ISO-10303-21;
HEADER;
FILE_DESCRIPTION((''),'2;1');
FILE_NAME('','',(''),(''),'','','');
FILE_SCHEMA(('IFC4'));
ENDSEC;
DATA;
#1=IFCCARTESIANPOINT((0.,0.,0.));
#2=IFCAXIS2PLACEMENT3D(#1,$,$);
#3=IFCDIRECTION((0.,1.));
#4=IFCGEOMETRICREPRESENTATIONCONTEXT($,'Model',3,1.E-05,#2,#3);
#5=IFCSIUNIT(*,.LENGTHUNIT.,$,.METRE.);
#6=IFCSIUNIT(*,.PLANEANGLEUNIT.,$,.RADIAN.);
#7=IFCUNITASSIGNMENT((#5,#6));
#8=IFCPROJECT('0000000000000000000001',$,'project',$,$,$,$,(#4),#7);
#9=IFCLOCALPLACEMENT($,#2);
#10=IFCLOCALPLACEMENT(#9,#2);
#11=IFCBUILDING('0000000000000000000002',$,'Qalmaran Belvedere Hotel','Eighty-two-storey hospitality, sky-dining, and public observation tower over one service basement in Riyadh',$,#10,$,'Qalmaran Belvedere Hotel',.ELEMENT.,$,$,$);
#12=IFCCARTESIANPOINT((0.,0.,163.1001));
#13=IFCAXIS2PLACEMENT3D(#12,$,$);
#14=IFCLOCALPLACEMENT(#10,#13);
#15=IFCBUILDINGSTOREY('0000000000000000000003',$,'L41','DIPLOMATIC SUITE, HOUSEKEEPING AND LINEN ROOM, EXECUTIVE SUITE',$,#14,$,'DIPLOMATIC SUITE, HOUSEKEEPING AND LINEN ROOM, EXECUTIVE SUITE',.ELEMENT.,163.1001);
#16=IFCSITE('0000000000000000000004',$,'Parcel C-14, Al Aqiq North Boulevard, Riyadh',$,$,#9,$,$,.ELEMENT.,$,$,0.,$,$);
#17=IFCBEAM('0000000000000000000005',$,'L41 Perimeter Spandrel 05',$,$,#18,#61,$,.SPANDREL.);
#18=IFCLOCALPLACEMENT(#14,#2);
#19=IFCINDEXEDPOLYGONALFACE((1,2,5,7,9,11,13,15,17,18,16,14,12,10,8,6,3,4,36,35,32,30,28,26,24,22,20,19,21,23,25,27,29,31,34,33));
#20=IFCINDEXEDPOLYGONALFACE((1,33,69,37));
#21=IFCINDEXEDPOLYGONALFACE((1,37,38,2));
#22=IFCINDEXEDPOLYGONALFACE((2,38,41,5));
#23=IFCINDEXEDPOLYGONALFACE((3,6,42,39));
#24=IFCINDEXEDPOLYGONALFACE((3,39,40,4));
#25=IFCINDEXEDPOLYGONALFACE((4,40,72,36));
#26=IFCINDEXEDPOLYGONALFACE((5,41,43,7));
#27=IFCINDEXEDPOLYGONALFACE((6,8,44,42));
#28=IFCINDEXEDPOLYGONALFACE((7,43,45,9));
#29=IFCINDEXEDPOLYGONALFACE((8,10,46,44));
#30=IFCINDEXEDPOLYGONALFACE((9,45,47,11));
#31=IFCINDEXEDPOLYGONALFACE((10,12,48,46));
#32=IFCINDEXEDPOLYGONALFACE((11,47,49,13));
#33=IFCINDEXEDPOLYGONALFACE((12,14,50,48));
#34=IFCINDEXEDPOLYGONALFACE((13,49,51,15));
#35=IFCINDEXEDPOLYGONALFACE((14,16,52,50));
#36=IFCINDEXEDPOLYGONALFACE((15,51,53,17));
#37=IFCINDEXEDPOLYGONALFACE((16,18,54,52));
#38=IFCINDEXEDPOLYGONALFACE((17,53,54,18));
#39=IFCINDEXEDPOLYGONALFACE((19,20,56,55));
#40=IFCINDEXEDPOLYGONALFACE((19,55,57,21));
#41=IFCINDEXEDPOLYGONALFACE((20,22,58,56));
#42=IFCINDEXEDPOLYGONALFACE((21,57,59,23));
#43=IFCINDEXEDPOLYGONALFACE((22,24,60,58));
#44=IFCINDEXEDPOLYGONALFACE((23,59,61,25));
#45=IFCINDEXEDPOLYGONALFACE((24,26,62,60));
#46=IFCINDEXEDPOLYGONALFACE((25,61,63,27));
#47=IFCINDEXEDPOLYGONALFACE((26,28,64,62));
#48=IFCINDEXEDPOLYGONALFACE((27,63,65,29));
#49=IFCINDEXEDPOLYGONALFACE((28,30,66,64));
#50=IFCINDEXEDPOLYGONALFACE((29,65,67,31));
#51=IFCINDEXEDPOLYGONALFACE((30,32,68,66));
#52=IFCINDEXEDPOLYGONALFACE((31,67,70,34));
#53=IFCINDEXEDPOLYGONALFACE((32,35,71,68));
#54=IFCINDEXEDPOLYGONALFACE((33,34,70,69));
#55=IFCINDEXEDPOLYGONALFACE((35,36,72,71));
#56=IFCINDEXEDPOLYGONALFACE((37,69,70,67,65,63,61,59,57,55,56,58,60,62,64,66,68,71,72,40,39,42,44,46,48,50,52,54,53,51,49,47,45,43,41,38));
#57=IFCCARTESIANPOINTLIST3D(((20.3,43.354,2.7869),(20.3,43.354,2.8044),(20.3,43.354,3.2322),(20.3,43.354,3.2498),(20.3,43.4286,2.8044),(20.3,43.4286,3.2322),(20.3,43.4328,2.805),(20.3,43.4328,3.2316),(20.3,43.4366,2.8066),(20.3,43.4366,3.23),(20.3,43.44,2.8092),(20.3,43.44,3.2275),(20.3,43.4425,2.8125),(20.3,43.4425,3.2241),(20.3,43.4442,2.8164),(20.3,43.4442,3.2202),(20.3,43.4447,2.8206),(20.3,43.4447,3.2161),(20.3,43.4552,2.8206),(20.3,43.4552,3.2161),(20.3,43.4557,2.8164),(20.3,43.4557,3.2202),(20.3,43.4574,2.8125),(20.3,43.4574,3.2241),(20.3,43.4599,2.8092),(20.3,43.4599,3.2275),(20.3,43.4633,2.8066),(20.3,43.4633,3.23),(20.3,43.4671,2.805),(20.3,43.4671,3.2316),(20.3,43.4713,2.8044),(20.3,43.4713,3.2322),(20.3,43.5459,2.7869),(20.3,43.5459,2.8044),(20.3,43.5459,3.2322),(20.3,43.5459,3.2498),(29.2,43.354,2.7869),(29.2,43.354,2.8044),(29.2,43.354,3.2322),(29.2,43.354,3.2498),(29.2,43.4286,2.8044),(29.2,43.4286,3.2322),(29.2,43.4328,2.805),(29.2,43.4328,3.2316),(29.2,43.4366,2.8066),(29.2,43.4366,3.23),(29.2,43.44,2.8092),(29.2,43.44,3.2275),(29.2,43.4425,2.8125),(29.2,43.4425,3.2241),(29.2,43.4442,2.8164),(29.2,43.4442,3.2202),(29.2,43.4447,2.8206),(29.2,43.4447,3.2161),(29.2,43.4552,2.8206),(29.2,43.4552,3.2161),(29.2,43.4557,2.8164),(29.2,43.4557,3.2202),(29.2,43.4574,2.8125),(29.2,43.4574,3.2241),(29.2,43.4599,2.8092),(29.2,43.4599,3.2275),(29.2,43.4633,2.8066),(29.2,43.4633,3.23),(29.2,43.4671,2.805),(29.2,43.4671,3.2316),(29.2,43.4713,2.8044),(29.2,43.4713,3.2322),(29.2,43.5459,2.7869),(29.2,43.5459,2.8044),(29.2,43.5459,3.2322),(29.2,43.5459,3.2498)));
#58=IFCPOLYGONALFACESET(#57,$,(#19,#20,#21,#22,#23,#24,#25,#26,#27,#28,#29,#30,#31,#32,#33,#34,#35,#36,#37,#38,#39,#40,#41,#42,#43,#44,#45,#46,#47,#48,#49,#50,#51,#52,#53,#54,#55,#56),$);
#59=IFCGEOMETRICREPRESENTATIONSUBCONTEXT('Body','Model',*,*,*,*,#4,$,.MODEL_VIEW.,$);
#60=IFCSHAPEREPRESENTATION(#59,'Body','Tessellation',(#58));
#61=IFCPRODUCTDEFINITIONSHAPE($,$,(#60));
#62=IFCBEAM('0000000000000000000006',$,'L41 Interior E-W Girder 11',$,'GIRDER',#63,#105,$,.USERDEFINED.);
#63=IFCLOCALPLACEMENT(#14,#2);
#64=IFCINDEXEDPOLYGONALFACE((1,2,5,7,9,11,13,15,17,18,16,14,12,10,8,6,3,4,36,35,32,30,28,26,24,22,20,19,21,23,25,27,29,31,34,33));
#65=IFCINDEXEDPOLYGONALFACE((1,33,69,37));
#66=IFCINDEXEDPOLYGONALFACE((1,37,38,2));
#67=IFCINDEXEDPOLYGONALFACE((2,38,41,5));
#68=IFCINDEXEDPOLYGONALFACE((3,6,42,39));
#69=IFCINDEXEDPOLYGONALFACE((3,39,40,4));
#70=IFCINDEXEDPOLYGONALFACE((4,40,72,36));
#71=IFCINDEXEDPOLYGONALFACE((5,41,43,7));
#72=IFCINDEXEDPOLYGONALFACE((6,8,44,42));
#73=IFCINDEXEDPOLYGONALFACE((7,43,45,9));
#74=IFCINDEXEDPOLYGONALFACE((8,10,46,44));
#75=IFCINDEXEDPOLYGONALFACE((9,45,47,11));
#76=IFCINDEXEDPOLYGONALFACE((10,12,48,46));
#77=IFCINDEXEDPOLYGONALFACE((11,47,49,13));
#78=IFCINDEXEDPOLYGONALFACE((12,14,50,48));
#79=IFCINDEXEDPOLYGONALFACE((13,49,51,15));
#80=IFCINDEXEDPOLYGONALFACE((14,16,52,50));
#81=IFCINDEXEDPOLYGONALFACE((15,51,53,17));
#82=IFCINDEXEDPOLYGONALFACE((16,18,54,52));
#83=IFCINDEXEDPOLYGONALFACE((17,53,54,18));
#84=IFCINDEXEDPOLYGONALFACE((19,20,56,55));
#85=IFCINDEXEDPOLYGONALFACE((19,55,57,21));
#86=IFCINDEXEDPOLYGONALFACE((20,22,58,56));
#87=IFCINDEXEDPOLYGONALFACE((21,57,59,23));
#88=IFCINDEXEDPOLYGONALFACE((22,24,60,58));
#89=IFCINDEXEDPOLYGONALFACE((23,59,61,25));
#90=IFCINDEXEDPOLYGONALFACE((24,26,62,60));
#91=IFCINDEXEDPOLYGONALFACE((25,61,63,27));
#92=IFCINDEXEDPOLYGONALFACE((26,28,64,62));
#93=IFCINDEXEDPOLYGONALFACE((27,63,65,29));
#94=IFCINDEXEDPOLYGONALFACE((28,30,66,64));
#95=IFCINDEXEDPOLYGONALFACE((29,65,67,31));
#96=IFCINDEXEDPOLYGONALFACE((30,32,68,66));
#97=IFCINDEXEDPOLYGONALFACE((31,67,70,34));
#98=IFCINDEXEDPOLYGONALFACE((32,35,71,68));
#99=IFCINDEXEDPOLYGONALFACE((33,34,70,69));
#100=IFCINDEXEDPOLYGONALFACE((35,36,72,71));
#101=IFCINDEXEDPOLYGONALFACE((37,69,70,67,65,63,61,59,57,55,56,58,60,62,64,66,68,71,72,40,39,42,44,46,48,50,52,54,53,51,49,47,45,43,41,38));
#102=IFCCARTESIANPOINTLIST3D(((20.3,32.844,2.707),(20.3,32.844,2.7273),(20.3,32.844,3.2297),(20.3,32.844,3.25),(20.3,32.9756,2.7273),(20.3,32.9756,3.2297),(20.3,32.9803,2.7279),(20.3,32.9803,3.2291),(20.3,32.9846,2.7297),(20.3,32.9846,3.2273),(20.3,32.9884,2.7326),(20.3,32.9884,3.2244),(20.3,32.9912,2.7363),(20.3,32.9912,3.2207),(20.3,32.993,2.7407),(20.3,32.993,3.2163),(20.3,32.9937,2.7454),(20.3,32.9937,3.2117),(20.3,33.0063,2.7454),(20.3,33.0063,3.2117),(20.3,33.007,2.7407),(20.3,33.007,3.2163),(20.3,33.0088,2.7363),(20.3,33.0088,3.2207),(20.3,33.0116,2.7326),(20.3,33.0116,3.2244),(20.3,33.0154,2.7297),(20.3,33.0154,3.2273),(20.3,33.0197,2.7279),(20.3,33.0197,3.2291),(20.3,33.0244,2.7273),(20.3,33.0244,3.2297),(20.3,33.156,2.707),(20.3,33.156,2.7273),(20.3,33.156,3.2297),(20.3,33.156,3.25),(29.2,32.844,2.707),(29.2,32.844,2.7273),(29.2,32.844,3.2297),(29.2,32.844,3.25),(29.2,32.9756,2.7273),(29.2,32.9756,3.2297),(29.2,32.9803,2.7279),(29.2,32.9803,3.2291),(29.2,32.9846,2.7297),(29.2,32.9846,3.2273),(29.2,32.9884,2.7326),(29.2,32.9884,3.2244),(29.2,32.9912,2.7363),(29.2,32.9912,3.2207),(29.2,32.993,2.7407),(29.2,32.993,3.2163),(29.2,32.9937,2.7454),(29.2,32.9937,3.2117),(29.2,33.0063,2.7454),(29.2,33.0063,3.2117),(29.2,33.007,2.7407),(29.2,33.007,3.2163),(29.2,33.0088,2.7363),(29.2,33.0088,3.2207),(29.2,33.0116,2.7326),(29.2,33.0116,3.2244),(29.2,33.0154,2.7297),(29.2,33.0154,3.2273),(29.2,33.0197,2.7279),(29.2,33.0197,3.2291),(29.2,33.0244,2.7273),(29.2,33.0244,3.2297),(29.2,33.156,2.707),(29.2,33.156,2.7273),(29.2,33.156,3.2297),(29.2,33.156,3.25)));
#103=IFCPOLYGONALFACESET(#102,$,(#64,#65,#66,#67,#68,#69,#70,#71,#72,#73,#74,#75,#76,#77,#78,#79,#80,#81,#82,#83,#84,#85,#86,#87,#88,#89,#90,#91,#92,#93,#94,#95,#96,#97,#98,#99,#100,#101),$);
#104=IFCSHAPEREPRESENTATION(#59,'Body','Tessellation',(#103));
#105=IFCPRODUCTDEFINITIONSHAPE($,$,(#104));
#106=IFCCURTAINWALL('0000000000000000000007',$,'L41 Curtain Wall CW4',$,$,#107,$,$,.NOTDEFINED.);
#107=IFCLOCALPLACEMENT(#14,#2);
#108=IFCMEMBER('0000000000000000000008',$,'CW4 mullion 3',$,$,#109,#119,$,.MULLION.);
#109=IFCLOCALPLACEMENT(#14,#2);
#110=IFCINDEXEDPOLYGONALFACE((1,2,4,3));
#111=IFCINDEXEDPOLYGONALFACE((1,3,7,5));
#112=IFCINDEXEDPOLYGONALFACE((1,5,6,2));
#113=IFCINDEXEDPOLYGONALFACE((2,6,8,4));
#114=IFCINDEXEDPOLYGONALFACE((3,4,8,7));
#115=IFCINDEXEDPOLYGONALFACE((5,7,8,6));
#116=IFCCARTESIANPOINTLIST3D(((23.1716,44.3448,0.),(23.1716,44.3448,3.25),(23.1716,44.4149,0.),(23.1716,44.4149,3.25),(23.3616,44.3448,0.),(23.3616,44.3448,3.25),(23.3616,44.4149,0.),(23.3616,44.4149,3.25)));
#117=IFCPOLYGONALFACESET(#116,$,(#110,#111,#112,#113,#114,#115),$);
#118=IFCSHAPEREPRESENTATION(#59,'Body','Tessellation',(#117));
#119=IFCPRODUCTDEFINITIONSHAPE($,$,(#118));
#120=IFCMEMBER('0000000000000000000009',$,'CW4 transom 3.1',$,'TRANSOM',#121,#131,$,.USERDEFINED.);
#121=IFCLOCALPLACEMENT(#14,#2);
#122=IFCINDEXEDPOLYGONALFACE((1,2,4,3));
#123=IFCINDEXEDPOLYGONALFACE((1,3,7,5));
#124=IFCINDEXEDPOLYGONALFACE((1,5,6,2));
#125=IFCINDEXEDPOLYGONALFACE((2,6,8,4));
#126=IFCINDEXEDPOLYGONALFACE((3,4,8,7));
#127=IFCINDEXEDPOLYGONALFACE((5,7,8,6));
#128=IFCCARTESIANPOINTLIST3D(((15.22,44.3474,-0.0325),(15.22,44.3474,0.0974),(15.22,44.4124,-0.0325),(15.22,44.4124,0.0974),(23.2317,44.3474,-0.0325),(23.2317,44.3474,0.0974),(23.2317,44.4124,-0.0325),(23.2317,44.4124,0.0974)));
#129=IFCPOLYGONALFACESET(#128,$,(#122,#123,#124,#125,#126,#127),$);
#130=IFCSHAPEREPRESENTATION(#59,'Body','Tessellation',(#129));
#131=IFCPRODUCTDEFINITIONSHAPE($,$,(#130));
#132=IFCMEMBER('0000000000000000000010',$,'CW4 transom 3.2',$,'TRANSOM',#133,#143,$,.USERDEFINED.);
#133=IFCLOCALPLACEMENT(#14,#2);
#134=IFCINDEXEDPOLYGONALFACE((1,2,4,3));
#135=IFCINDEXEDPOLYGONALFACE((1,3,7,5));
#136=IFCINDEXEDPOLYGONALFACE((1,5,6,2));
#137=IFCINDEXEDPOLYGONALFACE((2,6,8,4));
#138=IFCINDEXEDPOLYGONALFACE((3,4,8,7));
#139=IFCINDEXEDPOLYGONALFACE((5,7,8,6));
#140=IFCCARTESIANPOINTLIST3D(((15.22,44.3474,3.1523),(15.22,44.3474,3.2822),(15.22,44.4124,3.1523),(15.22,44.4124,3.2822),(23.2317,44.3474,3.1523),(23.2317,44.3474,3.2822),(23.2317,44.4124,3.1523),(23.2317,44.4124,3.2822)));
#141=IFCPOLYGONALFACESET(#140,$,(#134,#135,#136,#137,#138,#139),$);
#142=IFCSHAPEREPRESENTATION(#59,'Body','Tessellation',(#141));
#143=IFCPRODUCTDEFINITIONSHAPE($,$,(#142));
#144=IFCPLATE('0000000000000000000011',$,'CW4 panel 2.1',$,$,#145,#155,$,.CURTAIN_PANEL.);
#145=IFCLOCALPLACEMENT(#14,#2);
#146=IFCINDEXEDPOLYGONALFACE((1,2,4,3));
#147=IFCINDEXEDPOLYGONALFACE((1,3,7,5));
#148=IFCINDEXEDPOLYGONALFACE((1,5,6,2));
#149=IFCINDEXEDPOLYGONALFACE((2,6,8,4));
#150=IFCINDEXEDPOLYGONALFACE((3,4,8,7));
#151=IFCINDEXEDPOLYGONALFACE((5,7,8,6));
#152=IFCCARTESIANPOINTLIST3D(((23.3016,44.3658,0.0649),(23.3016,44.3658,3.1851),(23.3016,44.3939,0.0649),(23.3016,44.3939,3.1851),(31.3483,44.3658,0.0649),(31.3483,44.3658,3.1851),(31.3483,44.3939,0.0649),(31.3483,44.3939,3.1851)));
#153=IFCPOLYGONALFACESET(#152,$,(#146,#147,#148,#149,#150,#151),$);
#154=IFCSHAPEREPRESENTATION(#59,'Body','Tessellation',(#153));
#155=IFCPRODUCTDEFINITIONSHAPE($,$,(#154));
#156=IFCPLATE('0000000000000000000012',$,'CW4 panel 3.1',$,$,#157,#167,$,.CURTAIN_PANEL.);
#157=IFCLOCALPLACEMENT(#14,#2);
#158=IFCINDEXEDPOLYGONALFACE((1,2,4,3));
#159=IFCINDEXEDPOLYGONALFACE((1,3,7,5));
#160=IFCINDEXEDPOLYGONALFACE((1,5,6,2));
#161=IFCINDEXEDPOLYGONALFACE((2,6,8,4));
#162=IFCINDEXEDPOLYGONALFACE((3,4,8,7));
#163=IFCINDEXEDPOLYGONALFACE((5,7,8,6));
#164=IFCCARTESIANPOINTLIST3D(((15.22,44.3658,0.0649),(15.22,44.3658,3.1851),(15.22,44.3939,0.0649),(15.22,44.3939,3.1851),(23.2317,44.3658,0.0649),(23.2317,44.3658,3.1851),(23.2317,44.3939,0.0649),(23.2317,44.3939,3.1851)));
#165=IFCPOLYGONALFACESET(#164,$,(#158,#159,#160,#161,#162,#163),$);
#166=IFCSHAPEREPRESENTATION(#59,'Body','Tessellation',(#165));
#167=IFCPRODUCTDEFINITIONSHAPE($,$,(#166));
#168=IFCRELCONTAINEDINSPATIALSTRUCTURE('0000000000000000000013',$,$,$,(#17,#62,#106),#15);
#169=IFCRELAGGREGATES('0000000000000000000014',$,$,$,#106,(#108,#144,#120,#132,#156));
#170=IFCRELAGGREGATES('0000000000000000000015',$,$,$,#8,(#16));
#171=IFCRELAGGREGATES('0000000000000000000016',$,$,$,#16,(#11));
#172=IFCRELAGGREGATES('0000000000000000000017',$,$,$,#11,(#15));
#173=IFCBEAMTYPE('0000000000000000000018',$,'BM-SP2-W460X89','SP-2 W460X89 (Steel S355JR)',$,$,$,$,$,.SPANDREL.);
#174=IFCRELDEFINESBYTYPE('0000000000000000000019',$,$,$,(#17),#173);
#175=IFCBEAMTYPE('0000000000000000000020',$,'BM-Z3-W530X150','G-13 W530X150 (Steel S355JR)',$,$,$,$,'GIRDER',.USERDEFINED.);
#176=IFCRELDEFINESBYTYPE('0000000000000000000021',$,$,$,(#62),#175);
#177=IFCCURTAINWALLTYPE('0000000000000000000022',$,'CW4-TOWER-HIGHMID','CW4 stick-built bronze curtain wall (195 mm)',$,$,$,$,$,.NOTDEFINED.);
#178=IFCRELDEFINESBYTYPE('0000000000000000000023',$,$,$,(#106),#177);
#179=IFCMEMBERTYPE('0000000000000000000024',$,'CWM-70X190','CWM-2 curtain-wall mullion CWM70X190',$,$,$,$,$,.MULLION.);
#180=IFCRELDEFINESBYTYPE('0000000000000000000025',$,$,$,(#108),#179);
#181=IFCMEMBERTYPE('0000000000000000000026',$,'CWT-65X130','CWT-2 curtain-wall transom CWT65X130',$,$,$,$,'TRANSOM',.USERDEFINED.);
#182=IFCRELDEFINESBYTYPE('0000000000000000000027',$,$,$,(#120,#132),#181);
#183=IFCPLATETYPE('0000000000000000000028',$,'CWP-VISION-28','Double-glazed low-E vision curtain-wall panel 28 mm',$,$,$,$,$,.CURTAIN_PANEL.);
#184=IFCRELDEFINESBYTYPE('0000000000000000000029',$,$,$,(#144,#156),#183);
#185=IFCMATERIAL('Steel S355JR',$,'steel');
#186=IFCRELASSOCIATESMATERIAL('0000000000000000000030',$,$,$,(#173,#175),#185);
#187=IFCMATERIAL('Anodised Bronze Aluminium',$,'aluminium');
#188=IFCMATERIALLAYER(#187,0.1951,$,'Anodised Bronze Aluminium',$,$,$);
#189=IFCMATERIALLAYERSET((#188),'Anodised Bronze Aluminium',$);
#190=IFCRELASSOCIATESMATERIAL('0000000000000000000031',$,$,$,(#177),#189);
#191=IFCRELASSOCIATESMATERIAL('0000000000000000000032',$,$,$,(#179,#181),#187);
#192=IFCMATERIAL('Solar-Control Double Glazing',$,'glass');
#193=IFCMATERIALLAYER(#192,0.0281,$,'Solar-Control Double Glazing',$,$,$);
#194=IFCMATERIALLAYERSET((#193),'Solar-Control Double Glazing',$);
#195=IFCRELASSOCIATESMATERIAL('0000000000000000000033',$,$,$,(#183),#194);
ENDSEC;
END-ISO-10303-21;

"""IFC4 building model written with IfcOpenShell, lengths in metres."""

from ifc_helpers import new_model, si_unit, direction, frame, origin, origin_2d, place, context, subcontext, project, spatial, rectangle, i_section, extrude, material, layer, layer_set, material_profile, profile_set, type_object, element, aggregate, save


model = new_model("IFC4")

# Units and contexts
model_context = context("Model", 3, precision=1e-05, world=origin(), true_north=direction((0.0, 1.0)))
body_context = subcontext(model_context, "Body", "Model", "MODEL_VIEW")
ifc_project = project(units=[si_unit("LENGTHUNIT", "METRE"), si_unit("PLANEANGLEUNIT", "RADIAN")], contexts=[model_context])

# Site, building, storey
site_placement = place(None, origin())
site = spatial("IfcSite", under=ifc_project, at=site_placement, Name="Parcel C-14, Al Aqiq North Boulevard, Riyadh", CompositionType="ELEMENT", RefElevation=0.0)
building_placement = place(site_placement, origin())
building = spatial("IfcBuilding", under=site, at=building_placement, Name="Qalmaran Belvedere Hotel", Description="Eighty-two-storey hospitality, sky-dining, and public observation tower over one service basement in Riyadh", LongName="Qalmaran Belvedere Hotel", CompositionType="ELEMENT")
storey_placement = place(building_placement, frame((0.0, 0.0, 163.1001)))
storey = spatial("IfcBuildingStorey", under=building, at=storey_placement, Name="L41", Description="DIPLOMATIC SUITE, HOUSEKEEPING AND LINEN ROOM, EXECUTIVE SUITE", LongName="DIPLOMATIC SUITE, HOUSEKEEPING AND LINEN ROOM, EXECUTIVE SUITE", CompositionType="ELEMENT", Elevation=163.1001)

# Beams
ifc_material_1 = material(Name="Steel S355JR", Category="steel")
ifc_material_profile_1 = material_profile(ifc_material_1, i_section(OverallWidth=0.1919, OverallDepth=0.4629, WebThickness=0.0105, FlangeThickness=0.0176, FilletRadius=0.0161, at=origin_2d()), Name="W460X89")
ifc_profile_set_1 = profile_set([ifc_material_profile_1], Name="Steel S355JR")
beam_type_1 = type_object("IfcBeamType", Name="BM-SP2-W460X89", Description="SP-2 W460X89 (Steel S355JR)", PredefinedType="SPANDREL", material=ifc_profile_set_1)
beam_1_placement = place(storey_placement, frame((20.3, 43.45, 3.0183), z_axis=(1.0, 0.0, 0.0), x_axis=(0.0, 1.0, 0.0)))
element("IfcBeam", 1, at=beam_1_placement, inside=storey, type_object=beam_type_1, Name="L41 Perimeter Spandrel 05", PredefinedType="SPANDREL", context=body_context, shape_type="SweptSolid", body=[
    extrude(i_section(OverallWidth=0.1919, OverallDepth=0.4629, WebThickness=0.0105, FlangeThickness=0.0176, FilletRadius=0.0161, at=origin_2d()), origin(), (0.0, 0.0, 1.0), 8.8999),
])
ifc_material_profile_2 = material_profile(ifc_material_1, i_section(OverallWidth=0.312, OverallDepth=0.543, WebThickness=0.0127, FlangeThickness=0.0203, FilletRadius=0.0181, at=origin_2d()), Name="W530X150")
ifc_profile_set_2 = profile_set([ifc_material_profile_2], Name="Steel S355JR")
beam_type_2 = type_object("IfcBeamType", Name="BM-Z3-W530X150", Description="G-13 W530X150 (Steel S355JR)", ElementType="GIRDER", PredefinedType="USERDEFINED", material=ifc_profile_set_2)
beam_2_placement = place(storey_placement, frame((20.3, 33.0, 2.9785), z_axis=(1.0, 0.0, 0.0), x_axis=(0.0, 1.0, 0.0)))
element("IfcBeam", 2, at=beam_2_placement, inside=storey, type_object=beam_type_2, Name="L41 Interior E-W Girder 11", ObjectType="GIRDER", PredefinedType="USERDEFINED", context=body_context, shape_type="SweptSolid", body=[
    extrude(i_section(OverallWidth=0.312, OverallDepth=0.543, WebThickness=0.0127, FlangeThickness=0.0203, FilletRadius=0.0181, at=origin_2d()), origin(), (0.0, 0.0, 1.0), 8.8999),
])

# Curtain wall, members, plates
ifc_material_2 = material(Name="Anodised Bronze Aluminium", Category="aluminium")
ifc_layer_1 = layer(ifc_material_2, 0.1951, Name="Anodised Bronze Aluminium")
ifc_layer_set_1 = layer_set([ifc_layer_1], Name="Anodised Bronze Aluminium")
curtain_wall_type = type_object("IfcCurtainWallType", Name="CW4-TOWER-HIGHMID", Description="CW4 stick-built bronze curtain wall (195 mm)", PredefinedType="NOTDEFINED", material=ifc_layer_set_1)
curtain_wall_placement = place(storey_placement, origin())
curtain_wall = element("IfcCurtainWall", 3, at=curtain_wall_placement, inside=storey, type_object=curtain_wall_type, Name="L41 Curtain Wall CW4", PredefinedType="NOTDEFINED")
ifc_material_profile_3 = material_profile(ifc_material_2, rectangle(XDim=0.0701, YDim=0.1899, at=origin_2d()), Name="CWM70X190")
ifc_profile_set_3 = profile_set([ifc_material_profile_3], Name="Anodised Bronze Aluminium")
member_type_1 = type_object("IfcMemberType", Name="CWM-70X190", Description="CWM-2 curtain-wall mullion CWM70X190", PredefinedType="MULLION", material=ifc_profile_set_3)
member_1_placement = place(storey_placement, frame((23.2666, 44.3799, 0.0), z_axis=(0.0, 0.0, 1.0), x_axis=(0.0, -1.0, 0.0)))
member_1 = element("IfcMember", 4, at=member_1_placement, type_object=member_type_1, Name="CW4 mullion 3", PredefinedType="MULLION", context=body_context, shape_type="SweptSolid", body=[
    extrude(rectangle(XDim=0.0701, YDim=0.1899, at=origin_2d()), origin(), (0.0, 0.0, 1.0), 3.25),
])
ifc_material_profile_4 = material_profile(ifc_material_2, rectangle(XDim=0.0649, YDim=0.1299, at=origin_2d()), Name="CWT65X130")
ifc_profile_set_4 = profile_set([ifc_material_profile_4], Name="Anodised Bronze Aluminium")
member_type_2 = type_object("IfcMemberType", Name="CWT-65X130", Description="CWT-2 curtain-wall transom CWT65X130", ElementType="TRANSOM", PredefinedType="USERDEFINED", material=ifc_profile_set_4)
member_2_placement = place(storey_placement, frame((23.2317, 44.3799, 0.0325), z_axis=(-1.0, 0.0, 0.0), x_axis=(0.0, -1.0, 0.0)))
member_2 = element("IfcMember", 5, at=member_2_placement, type_object=member_type_2, Name="CW4 transom 3.1", ObjectType="TRANSOM", PredefinedType="USERDEFINED", context=body_context, shape_type="SweptSolid", body=[
    extrude(rectangle(XDim=0.0649, YDim=0.1299, at=origin_2d()), origin(), (0.0, 0.0, 1.0), 8.0117),
])
member_3_placement = place(storey_placement, frame((23.2317, 44.3799, 3.2173), z_axis=(-1.0, 0.0, 0.0), x_axis=(0.0, -1.0, 0.0)))
member_3 = element("IfcMember", 6, at=member_3_placement, type_object=member_type_2, Name="CW4 transom 3.2", ObjectType="TRANSOM", PredefinedType="USERDEFINED", context=body_context, shape_type="SweptSolid", body=[
    extrude(rectangle(XDim=0.0649, YDim=0.1299, at=origin_2d()), origin(), (0.0, 0.0, 1.0), 8.0117),
])
ifc_material_3 = material(Name="Solar-Control Double Glazing", Category="glass")
ifc_layer_2 = layer(ifc_material_3, 0.0281, Name="Solar-Control Double Glazing")
ifc_layer_set_2 = layer_set([ifc_layer_2], Name="Solar-Control Double Glazing")
plate_type = type_object("IfcPlateType", Name="CWP-VISION-28", Description="Double-glazed low-E vision curtain-wall panel 28 mm", PredefinedType="CURTAIN_PANEL", material=ifc_layer_set_2)
plate_1_placement = place(storey_placement, frame((27.325, 44.3799, 0.0649), z_axis=(0.0, 0.0, 1.0), x_axis=(-1.0, 0.0, 0.0)))
plate_1 = element("IfcPlate", 7, at=plate_1_placement, type_object=plate_type, Name="CW4 panel 2.1", PredefinedType="CURTAIN_PANEL", context=body_context, shape_type="SweptSolid", body=[
    extrude(rectangle(XDim=8.0466, YDim=0.0281, at=origin_2d()), origin(), (0.0, 0.0, 1.0), 3.1201),
])
plate_2_placement = place(storey_placement, frame((19.2258, 44.3799, 0.0649), z_axis=(0.0, 0.0, 1.0), x_axis=(-1.0, 0.0, 0.0)))
plate_2 = element("IfcPlate", 8, at=plate_2_placement, type_object=plate_type, Name="CW4 panel 3.1", PredefinedType="CURTAIN_PANEL", context=body_context, shape_type="SweptSolid", body=[
    extrude(rectangle(XDim=8.0117, YDim=0.0281, at=origin_2d()), origin(), (0.0, 0.0, 1.0), 3.1201),
])
aggregate(curtain_wall, [member_1, plate_1, member_2, member_3, plate_2])

save(model, "model.ifc")
